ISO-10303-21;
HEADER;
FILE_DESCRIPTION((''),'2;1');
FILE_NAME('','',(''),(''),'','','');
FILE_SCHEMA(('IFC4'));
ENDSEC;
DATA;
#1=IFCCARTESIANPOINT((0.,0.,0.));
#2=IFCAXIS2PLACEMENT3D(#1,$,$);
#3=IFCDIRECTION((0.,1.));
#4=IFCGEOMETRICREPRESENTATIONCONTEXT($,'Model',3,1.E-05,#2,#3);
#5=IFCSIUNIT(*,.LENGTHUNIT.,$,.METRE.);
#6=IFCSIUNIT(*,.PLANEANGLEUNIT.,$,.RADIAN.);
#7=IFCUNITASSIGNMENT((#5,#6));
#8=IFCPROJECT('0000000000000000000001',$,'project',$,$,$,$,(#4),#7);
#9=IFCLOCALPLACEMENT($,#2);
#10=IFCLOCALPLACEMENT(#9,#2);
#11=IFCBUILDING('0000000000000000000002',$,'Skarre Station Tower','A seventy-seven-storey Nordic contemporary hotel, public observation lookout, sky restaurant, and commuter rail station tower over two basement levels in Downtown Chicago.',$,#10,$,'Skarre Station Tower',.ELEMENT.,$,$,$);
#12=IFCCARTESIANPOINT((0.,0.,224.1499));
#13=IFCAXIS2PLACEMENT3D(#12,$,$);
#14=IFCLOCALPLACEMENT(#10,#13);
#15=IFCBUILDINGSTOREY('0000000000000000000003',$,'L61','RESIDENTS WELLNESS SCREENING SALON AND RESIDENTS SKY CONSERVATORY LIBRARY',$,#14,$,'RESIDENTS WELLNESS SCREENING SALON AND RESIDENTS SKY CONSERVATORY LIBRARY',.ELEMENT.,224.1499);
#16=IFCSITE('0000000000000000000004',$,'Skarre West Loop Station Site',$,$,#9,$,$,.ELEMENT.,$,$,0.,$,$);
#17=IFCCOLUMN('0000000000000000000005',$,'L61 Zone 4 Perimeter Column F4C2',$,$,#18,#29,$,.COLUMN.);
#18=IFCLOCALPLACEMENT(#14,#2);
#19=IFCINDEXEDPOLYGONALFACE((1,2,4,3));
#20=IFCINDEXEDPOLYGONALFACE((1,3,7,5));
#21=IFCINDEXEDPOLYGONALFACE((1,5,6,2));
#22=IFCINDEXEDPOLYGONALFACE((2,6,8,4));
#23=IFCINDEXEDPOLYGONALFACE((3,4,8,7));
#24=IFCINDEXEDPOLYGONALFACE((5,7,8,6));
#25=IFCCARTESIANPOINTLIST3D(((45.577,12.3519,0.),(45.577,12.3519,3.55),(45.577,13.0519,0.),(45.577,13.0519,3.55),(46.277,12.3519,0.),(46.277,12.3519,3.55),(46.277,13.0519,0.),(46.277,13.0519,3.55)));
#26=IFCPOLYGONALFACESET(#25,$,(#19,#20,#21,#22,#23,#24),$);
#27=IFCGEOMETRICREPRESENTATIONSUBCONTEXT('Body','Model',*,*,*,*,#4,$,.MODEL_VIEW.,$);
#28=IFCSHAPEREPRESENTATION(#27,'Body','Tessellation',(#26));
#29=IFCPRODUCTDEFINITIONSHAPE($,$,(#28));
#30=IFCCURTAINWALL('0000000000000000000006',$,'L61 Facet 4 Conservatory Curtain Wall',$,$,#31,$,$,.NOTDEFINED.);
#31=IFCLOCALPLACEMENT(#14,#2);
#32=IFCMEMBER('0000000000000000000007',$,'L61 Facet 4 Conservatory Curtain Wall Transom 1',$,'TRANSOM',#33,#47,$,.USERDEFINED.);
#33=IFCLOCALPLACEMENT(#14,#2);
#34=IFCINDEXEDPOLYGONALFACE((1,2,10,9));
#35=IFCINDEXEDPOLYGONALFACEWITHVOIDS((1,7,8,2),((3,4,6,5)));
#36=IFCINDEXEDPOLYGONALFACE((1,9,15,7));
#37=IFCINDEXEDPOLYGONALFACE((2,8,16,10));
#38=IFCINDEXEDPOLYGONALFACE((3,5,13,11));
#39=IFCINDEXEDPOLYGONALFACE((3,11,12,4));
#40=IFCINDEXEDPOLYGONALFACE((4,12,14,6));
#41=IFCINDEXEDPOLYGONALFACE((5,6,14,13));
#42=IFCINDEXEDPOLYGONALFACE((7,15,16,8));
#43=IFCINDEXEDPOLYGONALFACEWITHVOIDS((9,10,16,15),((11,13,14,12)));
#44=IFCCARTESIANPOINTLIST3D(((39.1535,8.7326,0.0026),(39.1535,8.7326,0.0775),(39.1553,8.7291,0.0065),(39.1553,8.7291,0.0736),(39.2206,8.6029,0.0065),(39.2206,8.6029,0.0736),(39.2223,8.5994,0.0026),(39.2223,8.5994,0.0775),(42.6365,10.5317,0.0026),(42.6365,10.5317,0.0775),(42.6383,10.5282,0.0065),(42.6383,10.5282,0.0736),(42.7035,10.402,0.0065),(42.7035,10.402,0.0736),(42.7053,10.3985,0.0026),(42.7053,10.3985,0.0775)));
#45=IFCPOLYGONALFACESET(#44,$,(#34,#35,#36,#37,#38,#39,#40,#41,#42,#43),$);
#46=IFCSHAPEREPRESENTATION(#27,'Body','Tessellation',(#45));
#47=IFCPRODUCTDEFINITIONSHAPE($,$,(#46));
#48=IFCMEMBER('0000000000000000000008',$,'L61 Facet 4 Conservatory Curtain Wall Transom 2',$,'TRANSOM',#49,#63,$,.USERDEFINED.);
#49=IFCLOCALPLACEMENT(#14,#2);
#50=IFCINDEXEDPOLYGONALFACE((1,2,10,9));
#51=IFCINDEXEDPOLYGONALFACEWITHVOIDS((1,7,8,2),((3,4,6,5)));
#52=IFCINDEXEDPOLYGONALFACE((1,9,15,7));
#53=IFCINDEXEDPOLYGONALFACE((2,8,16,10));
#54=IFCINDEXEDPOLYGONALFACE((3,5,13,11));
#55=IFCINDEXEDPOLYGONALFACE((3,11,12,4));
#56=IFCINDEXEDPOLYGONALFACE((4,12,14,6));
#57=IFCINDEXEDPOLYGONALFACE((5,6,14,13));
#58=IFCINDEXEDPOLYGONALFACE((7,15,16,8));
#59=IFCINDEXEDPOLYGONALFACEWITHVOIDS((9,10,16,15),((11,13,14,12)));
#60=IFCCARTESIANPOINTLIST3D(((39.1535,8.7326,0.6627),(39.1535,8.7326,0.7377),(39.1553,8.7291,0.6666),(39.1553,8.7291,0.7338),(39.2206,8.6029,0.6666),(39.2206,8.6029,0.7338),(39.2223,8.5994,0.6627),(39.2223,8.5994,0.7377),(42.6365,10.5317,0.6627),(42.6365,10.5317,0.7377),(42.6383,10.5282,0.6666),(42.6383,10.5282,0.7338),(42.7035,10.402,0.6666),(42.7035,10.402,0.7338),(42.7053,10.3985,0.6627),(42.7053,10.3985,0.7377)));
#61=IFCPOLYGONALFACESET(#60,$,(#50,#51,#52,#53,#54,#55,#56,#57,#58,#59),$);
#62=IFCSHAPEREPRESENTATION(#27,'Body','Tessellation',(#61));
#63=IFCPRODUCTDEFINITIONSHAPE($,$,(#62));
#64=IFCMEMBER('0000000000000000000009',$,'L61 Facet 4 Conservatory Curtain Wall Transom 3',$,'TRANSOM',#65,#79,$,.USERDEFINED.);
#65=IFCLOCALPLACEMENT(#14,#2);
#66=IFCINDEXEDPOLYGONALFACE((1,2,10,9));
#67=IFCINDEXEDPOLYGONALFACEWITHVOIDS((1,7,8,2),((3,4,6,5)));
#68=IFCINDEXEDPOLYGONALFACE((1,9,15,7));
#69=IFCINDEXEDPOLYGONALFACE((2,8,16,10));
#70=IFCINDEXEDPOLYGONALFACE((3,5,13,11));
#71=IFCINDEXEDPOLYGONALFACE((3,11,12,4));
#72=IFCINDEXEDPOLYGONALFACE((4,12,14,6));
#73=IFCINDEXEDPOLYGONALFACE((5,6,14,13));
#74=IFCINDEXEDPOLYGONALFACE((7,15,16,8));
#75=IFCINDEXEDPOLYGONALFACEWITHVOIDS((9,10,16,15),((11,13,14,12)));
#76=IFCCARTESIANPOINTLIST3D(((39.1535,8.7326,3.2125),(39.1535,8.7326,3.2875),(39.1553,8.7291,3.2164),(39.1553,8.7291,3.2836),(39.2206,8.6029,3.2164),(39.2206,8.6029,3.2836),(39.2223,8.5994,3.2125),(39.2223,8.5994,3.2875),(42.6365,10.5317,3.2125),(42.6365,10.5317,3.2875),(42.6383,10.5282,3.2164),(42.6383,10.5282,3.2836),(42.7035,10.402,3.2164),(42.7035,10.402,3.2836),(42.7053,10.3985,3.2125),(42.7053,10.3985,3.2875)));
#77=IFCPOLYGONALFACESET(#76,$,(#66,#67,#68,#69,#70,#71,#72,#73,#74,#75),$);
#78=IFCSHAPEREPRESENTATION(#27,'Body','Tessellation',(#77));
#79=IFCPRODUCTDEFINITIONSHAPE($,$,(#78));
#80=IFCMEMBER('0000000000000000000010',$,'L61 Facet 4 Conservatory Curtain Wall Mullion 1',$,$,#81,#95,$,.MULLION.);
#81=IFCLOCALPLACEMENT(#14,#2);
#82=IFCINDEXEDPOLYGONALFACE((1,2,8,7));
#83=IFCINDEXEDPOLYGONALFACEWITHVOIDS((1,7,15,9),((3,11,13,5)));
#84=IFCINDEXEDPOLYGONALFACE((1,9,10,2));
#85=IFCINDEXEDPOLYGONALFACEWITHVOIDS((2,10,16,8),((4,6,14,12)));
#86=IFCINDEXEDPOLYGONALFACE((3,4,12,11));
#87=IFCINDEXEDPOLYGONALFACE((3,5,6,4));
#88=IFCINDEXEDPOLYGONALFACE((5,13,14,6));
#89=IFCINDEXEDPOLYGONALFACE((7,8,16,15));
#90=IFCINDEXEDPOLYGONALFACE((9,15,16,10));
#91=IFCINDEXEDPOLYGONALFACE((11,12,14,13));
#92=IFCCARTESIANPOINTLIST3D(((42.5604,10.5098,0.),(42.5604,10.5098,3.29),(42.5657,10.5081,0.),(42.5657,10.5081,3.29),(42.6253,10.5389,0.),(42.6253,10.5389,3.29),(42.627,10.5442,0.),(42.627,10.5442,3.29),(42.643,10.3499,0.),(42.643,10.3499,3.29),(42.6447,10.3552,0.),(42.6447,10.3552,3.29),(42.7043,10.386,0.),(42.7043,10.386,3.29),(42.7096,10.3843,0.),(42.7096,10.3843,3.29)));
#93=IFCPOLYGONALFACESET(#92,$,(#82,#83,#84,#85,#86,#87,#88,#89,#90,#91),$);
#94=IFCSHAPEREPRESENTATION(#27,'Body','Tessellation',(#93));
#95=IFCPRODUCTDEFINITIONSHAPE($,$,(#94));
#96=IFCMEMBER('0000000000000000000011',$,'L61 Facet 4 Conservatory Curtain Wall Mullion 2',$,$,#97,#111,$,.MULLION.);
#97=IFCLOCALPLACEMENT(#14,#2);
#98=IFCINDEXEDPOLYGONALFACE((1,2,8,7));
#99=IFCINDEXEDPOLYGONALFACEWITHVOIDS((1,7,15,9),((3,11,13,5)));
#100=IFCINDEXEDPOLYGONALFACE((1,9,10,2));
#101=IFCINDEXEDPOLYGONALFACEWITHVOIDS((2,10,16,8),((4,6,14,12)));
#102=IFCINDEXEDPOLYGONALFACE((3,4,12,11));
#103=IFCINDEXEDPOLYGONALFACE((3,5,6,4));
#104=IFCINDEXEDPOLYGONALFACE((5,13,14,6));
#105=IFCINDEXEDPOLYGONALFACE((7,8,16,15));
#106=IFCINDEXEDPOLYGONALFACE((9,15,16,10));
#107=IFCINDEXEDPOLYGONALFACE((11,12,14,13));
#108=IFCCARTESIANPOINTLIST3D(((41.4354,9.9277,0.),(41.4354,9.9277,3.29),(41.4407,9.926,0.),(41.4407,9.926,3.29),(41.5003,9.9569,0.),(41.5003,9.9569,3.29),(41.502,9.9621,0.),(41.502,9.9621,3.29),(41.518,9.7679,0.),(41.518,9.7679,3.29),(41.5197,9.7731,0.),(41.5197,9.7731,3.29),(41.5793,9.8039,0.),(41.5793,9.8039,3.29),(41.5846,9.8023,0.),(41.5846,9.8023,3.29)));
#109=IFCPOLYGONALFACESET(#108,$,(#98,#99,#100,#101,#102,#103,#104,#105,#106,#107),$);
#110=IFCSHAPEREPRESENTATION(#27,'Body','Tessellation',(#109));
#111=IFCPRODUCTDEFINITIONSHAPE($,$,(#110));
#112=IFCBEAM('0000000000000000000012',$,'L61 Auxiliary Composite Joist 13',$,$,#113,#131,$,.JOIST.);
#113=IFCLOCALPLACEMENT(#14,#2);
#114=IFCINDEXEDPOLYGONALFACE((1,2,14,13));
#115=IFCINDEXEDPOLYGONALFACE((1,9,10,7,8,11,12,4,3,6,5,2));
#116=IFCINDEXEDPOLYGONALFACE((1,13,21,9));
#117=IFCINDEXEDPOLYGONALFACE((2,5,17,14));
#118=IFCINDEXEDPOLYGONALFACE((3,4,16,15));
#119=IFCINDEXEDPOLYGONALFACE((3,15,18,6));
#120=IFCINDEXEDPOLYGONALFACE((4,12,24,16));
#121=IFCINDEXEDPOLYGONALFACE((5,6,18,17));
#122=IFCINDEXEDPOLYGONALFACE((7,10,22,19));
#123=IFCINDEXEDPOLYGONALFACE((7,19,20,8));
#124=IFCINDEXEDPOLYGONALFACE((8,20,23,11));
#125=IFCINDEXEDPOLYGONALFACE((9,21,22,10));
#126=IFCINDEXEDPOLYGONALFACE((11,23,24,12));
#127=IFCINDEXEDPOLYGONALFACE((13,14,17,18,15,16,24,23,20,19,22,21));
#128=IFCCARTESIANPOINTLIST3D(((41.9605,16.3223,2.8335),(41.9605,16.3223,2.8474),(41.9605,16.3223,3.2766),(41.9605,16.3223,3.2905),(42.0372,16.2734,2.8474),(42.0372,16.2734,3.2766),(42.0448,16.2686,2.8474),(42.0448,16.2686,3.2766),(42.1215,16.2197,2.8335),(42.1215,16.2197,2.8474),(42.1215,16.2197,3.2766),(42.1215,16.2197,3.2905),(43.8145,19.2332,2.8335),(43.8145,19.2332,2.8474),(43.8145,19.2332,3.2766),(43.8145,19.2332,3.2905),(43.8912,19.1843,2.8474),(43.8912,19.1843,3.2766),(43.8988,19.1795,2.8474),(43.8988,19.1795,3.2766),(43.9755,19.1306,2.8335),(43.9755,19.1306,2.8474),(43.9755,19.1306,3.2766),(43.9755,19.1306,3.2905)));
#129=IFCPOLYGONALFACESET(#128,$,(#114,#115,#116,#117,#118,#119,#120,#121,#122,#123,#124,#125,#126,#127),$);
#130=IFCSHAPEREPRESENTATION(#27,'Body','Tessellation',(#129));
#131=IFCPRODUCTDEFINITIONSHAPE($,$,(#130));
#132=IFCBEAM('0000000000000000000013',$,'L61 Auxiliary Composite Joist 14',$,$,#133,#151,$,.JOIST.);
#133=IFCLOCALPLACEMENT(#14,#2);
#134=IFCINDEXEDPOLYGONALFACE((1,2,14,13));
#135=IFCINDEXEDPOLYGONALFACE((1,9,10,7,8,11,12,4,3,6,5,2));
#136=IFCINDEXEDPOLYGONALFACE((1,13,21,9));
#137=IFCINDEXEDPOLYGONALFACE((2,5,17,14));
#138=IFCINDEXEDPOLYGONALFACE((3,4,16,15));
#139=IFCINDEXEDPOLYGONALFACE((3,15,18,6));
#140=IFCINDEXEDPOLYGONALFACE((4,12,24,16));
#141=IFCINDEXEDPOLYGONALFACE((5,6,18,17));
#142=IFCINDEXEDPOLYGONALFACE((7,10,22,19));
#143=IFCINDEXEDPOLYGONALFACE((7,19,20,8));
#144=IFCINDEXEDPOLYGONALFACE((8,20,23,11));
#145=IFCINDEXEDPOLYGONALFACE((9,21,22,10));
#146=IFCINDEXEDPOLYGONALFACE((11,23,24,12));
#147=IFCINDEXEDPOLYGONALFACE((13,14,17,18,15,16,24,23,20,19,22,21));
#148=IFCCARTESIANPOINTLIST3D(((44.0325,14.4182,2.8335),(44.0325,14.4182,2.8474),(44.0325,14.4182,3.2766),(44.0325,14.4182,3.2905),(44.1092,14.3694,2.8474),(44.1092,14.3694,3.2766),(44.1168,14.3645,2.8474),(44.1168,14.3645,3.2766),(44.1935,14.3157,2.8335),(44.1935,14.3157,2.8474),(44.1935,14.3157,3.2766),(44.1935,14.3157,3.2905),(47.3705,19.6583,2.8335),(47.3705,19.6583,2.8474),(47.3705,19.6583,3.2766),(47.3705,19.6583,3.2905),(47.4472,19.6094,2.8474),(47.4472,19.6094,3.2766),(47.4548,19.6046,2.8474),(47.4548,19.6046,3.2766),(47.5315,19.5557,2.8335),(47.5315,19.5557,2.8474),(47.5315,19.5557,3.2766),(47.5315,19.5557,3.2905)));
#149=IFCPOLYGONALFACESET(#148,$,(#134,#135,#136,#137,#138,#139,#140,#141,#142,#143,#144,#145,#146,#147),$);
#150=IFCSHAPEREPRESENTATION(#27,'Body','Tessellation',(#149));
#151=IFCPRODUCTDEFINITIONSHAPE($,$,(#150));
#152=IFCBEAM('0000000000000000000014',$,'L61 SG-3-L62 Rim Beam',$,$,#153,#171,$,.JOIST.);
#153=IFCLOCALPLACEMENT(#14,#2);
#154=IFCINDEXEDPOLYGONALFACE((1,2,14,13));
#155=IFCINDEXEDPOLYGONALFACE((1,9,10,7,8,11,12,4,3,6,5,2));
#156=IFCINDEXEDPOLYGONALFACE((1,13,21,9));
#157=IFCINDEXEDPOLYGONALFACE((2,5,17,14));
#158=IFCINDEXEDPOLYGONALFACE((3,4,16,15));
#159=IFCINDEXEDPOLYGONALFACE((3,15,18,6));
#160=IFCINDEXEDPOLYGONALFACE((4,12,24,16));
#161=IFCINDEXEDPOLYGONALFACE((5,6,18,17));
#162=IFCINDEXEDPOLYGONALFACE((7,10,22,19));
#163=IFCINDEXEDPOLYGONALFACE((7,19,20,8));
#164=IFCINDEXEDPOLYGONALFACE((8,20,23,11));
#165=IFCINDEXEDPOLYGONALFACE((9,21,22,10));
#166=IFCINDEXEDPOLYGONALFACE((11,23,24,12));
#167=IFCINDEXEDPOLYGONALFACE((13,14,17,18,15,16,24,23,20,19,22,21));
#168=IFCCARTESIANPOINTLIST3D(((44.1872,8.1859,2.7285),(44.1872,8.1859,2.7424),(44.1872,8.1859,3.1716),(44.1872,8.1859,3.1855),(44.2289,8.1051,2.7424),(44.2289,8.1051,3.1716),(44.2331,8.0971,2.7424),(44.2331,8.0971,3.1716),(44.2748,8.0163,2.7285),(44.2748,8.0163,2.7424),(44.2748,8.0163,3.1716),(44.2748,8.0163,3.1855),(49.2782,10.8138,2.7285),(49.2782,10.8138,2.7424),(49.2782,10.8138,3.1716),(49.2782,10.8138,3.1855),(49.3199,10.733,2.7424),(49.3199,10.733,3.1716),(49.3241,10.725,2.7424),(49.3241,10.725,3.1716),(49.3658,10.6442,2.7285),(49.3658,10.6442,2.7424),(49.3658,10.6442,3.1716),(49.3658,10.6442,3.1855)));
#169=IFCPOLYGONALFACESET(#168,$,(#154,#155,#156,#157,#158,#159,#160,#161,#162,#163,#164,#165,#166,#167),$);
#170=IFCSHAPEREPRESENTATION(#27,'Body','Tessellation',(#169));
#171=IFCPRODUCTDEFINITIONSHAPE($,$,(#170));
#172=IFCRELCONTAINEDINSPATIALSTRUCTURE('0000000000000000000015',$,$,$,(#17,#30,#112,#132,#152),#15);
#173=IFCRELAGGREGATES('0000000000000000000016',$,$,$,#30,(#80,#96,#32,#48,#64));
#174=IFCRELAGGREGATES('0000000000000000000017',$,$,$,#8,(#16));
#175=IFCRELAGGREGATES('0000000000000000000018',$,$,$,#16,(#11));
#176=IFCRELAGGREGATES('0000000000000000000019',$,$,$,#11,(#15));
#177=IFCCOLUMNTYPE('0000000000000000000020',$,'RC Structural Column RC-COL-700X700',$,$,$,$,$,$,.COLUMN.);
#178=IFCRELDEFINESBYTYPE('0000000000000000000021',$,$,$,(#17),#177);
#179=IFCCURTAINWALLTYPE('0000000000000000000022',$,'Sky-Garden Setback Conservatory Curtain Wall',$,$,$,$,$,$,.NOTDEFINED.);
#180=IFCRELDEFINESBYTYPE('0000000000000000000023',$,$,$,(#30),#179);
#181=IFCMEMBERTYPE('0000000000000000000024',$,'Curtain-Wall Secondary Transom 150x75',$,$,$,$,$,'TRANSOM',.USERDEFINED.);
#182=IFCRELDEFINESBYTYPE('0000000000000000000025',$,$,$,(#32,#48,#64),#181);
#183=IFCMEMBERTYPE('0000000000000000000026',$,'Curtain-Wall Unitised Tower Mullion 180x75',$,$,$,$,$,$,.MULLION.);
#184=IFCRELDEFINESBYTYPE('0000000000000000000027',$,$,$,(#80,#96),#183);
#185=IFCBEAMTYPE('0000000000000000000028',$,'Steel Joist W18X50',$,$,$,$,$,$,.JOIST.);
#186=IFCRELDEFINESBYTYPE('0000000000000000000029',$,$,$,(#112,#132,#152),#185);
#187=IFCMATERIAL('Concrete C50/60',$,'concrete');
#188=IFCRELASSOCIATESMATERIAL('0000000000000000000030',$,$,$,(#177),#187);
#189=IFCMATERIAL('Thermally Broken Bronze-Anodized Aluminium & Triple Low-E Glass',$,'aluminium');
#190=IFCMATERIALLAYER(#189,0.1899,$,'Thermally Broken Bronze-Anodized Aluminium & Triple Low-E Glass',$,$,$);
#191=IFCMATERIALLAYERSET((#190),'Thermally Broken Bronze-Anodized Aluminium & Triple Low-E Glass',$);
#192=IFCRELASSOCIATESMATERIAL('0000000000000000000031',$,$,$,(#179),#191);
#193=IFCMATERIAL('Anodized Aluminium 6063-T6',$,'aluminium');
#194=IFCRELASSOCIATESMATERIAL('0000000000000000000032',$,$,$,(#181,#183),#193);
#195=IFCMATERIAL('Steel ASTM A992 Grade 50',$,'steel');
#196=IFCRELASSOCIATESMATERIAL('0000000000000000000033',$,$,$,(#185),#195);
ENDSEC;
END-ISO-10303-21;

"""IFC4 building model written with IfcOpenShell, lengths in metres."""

from ifc_helpers import new_model, si_unit, direction, frame, origin, origin_2d, place, context, subcontext, project, spatial, rectangle, hollow_rectangle, i_section, extrude, material, layer, layer_set, material_profile, profile_set, type_object, element, aggregate, save


model = new_model("IFC4")

# Units and contexts
model_context = context("Model", 3, precision=1e-05, world=origin(), true_north=direction((0.0, 1.0)))
body_context = subcontext(model_context, "Body", "Model", "MODEL_VIEW")
ifc_project = project(units=[si_unit("LENGTHUNIT", "METRE"), si_unit("PLANEANGLEUNIT", "RADIAN")], contexts=[model_context])

# Site, building, storey
site_placement = place(None, origin())
site = spatial("IfcSite", under=ifc_project, at=site_placement, Name="Skarre West Loop Station Site", CompositionType="ELEMENT", RefElevation=0.0)
building_placement = place(site_placement, origin())
building = spatial("IfcBuilding", under=site, at=building_placement, Name="Skarre Station Tower", Description="A seventy-seven-storey Nordic contemporary hotel, public observation lookout, sky restaurant, and commuter rail station tower over two basement levels in Downtown Chicago.", LongName="Skarre Station Tower", CompositionType="ELEMENT")
storey_placement = place(building_placement, frame((0.0, 0.0, 224.1499)))
storey = spatial("IfcBuildingStorey", under=building, at=storey_placement, Name="L61", Description="RESIDENTS WELLNESS SCREENING SALON AND RESIDENTS SKY CONSERVATORY LIBRARY", LongName="RESIDENTS WELLNESS SCREENING SALON AND RESIDENTS SKY CONSERVATORY LIBRARY", CompositionType="ELEMENT", Elevation=224.1499)

# Column
ifc_material_1 = material(Name="Concrete C50/60", Category="concrete")
ifc_material_profile_1 = material_profile(ifc_material_1, rectangle(XDim=0.7, YDim=0.7, at=origin_2d()), Name="Concrete C50/60")
ifc_profile_set_1 = profile_set([ifc_material_profile_1], Name="Concrete C50/60")
column_type = type_object("IfcColumnType", Name="RC Structural Column RC-COL-700X700", PredefinedType="COLUMN", material=ifc_profile_set_1)
column_placement = place(storey_placement, frame((45.927, 12.7019, 0.0), z_axis=(0.0, 0.0, 1.0), x_axis=(1.0, 0.0, 0.0)))
element("IfcColumn", 1, at=column_placement, inside=storey, type_object=column_type, Name="L61 Zone 4 Perimeter Column F4C2", PredefinedType="COLUMN", context=body_context, shape_type="SweptSolid", body=[
    extrude(rectangle(XDim=0.7, YDim=0.7, at=origin_2d()), origin(), (0.0, 0.0, 1.0), 3.55),
])

# Curtain wall, members
ifc_material_2 = material(Name="Thermally Broken Bronze-Anodized Aluminium & Triple Low-E Glass", Category="aluminium")
ifc_layer_1 = layer(ifc_material_2, 0.1899, Name="Thermally Broken Bronze-Anodized Aluminium & Triple Low-E Glass")
ifc_layer_set_1 = layer_set([ifc_layer_1], Name="Thermally Broken Bronze-Anodized Aluminium & Triple Low-E Glass")
curtain_wall_type = type_object("IfcCurtainWallType", Name="Sky-Garden Setback Conservatory Curtain Wall", PredefinedType="NOTDEFINED", material=ifc_layer_set_1)
curtain_wall_placement = place(storey_placement, origin())
curtain_wall = element("IfcCurtainWall", 2, at=curtain_wall_placement, inside=storey, type_object=curtain_wall_type, Name="L61 Facet 4 Conservatory Curtain Wall", PredefinedType="NOTDEFINED")
ifc_material_3 = material(Name="Anodized Aluminium 6063-T6", Category="aluminium")
ifc_material_profile_2 = material_profile(ifc_material_3, hollow_rectangle(XDim=0.075, YDim=0.1499, WallThickness=0.0039, at=origin_2d()), Name="Anodized Aluminium 6063-T6")
ifc_profile_set_2 = profile_set([ifc_material_profile_2], Name="Anodized Aluminium 6063-T6")
member_type_1 = type_object("IfcMemberType", Name="Curtain-Wall Secondary Transom 150x75", ElementType="TRANSOM", PredefinedType="USERDEFINED", material=ifc_profile_set_2)
member_1_placement = place(storey_placement, frame((42.6709, 10.4651, 0.04), z_axis=(-0.888471, -0.458933, 0.0), x_axis=(0.0, 0.0, 1.0)))
member_1 = element("IfcMember", 3, at=member_1_placement, type_object=member_type_1, Name="L61 Facet 4 Conservatory Curtain Wall Transom 1", ObjectType="TRANSOM", PredefinedType="USERDEFINED", context=body_context, shape_type="SweptSolid", body=[
    extrude(hollow_rectangle(XDim=0.075, YDim=0.1499, WallThickness=0.0039, at=origin_2d()), origin(), (0.0, 0.0, 1.0), 3.9202),
])
member_2_placement = place(storey_placement, frame((42.6709, 10.4651, 0.7002), z_axis=(-0.888471, -0.458933, 0.0), x_axis=(0.0, 0.0, 1.0)))
member_2 = element("IfcMember", 4, at=member_2_placement, type_object=member_type_1, Name="L61 Facet 4 Conservatory Curtain Wall Transom 2", ObjectType="TRANSOM", PredefinedType="USERDEFINED", context=body_context, shape_type="SweptSolid", body=[
    extrude(hollow_rectangle(XDim=0.075, YDim=0.1499, WallThickness=0.0039, at=origin_2d()), origin(), (0.0, 0.0, 1.0), 3.9202),
])
member_3_placement = place(storey_placement, frame((42.6709, 10.4651, 3.25), z_axis=(-0.888471, -0.458933, 0.0), x_axis=(0.0, 0.0, 1.0)))
member_3 = element("IfcMember", 5, at=member_3_placement, type_object=member_type_1, Name="L61 Facet 4 Conservatory Curtain Wall Transom 3", ObjectType="TRANSOM", PredefinedType="USERDEFINED", context=body_context, shape_type="SweptSolid", body=[
    extrude(hollow_rectangle(XDim=0.075, YDim=0.1499, WallThickness=0.0039, at=origin_2d()), origin(), (0.0, 0.0, 1.0), 3.9202),
])
ifc_material_profile_3 = material_profile(ifc_material_3, hollow_rectangle(XDim=0.075, YDim=0.1799, WallThickness=0.0039, at=origin_2d()), Name="Anodized Aluminium 6063-T6")
ifc_profile_set_3 = profile_set([ifc_material_profile_3], Name="Anodized Aluminium 6063-T6")
member_type_2 = type_object("IfcMemberType", Name="Curtain-Wall Unitised Tower Mullion 180x75", PredefinedType="MULLION", material=ifc_profile_set_3)
member_4_placement = place(storey_placement, frame((42.635, 10.447, 0.0), z_axis=(0.0, 0.0, 1.0), x_axis=(-0.888481, -0.458913, 0.0)))
member_4 = element("IfcMember", 6, at=member_4_placement, type_object=member_type_2, Name="L61 Facet 4 Conservatory Curtain Wall Mullion 1", PredefinedType="MULLION", context=body_context, shape_type="SweptSolid", body=[
    extrude(hollow_rectangle(XDim=0.075, YDim=0.1799, WallThickness=0.0039, at=origin_2d()), origin(), (0.0, 0.0, 1.0), 3.29),
])
member_5_placement = place(storey_placement, frame((41.51, 9.865, 0.0), z_axis=(0.0, 0.0, 1.0), x_axis=(-0.888481, -0.458913, 0.0)))
member_5 = element("IfcMember", 7, at=member_5_placement, type_object=member_type_2, Name="L61 Facet 4 Conservatory Curtain Wall Mullion 2", PredefinedType="MULLION", context=body_context, shape_type="SweptSolid", body=[
    extrude(hollow_rectangle(XDim=0.075, YDim=0.1799, WallThickness=0.0039, at=origin_2d()), origin(), (0.0, 0.0, 1.0), 3.29),
])

# Beams
ifc_material_4 = material(Name="Steel ASTM A992 Grade 50", Category="steel")
ifc_material_profile_4 = material_profile(ifc_material_4, i_section(OverallWidth=0.1909, OverallDepth=0.457, WebThickness=0.009, FlangeThickness=0.0139, at=origin_2d()), Name="Steel ASTM A992 Grade 50")
ifc_profile_set_4 = profile_set([ifc_material_profile_4], Name="Steel ASTM A992 Grade 50")
beam_type_1 = type_object("IfcBeamType", Name="Steel Joist W18X50", PredefinedType="JOIST", material=ifc_profile_set_4)
beam_1_placement = place(storey_placement, frame((42.041, 16.271, 3.062), z_axis=(0.53721, 0.843449, 0.0), x_axis=(-0.843449, 0.53721, 0.0)))
element("IfcBeam", 8, at=beam_1_placement, inside=storey, type_object=beam_type_1, Name="L61 Auxiliary Composite Joist 13", PredefinedType="JOIST", context=body_context, shape_type="SweptSolid", body=[
    extrude(i_section(OverallWidth=0.1909, OverallDepth=0.457, WebThickness=0.009, FlangeThickness=0.0139, at=origin_2d()), origin(), (0.0, 0.0, 1.0), 3.4512),
])
beam_2_placement = place(storey_placement, frame((44.113, 14.3669, 3.062), z_axis=(0.537259, 0.843417, 0.0), x_axis=(-0.843417, 0.537259, 0.0)))
element("IfcBeam", 9, at=beam_2_placement, inside=storey, type_object=beam_type_1, Name="L61 Auxiliary Composite Joist 14", PredefinedType="JOIST", context=body_context, shape_type="SweptSolid", body=[
    extrude(i_section(OverallWidth=0.1909, OverallDepth=0.457, WebThickness=0.009, FlangeThickness=0.0139, at=origin_2d()), origin(), (0.0, 0.0, 1.0), 6.2129),
])
beam_3_placement = place(storey_placement, frame((49.322, 10.729, 2.957), z_axis=(-0.8886, -0.458682, 0.0), x_axis=(0.458682, -0.8886, 0.0)))
element("IfcBeam", 10, at=beam_3_placement, inside=storey, type_object=beam_type_1, Name="L61 SG-3-L62 Rim Beam", PredefinedType="JOIST", context=body_context, shape_type="SweptSolid", body=[
    extrude(i_section(OverallWidth=0.1909, OverallDepth=0.457, WebThickness=0.009, FlangeThickness=0.0139, at=origin_2d()), origin(), (0.0, 0.0, 1.0), 5.7292),
])

aggregate(curtain_wall, [member_4, member_5, member_1, member_2, member_3])

save(model, "model.ifc")
